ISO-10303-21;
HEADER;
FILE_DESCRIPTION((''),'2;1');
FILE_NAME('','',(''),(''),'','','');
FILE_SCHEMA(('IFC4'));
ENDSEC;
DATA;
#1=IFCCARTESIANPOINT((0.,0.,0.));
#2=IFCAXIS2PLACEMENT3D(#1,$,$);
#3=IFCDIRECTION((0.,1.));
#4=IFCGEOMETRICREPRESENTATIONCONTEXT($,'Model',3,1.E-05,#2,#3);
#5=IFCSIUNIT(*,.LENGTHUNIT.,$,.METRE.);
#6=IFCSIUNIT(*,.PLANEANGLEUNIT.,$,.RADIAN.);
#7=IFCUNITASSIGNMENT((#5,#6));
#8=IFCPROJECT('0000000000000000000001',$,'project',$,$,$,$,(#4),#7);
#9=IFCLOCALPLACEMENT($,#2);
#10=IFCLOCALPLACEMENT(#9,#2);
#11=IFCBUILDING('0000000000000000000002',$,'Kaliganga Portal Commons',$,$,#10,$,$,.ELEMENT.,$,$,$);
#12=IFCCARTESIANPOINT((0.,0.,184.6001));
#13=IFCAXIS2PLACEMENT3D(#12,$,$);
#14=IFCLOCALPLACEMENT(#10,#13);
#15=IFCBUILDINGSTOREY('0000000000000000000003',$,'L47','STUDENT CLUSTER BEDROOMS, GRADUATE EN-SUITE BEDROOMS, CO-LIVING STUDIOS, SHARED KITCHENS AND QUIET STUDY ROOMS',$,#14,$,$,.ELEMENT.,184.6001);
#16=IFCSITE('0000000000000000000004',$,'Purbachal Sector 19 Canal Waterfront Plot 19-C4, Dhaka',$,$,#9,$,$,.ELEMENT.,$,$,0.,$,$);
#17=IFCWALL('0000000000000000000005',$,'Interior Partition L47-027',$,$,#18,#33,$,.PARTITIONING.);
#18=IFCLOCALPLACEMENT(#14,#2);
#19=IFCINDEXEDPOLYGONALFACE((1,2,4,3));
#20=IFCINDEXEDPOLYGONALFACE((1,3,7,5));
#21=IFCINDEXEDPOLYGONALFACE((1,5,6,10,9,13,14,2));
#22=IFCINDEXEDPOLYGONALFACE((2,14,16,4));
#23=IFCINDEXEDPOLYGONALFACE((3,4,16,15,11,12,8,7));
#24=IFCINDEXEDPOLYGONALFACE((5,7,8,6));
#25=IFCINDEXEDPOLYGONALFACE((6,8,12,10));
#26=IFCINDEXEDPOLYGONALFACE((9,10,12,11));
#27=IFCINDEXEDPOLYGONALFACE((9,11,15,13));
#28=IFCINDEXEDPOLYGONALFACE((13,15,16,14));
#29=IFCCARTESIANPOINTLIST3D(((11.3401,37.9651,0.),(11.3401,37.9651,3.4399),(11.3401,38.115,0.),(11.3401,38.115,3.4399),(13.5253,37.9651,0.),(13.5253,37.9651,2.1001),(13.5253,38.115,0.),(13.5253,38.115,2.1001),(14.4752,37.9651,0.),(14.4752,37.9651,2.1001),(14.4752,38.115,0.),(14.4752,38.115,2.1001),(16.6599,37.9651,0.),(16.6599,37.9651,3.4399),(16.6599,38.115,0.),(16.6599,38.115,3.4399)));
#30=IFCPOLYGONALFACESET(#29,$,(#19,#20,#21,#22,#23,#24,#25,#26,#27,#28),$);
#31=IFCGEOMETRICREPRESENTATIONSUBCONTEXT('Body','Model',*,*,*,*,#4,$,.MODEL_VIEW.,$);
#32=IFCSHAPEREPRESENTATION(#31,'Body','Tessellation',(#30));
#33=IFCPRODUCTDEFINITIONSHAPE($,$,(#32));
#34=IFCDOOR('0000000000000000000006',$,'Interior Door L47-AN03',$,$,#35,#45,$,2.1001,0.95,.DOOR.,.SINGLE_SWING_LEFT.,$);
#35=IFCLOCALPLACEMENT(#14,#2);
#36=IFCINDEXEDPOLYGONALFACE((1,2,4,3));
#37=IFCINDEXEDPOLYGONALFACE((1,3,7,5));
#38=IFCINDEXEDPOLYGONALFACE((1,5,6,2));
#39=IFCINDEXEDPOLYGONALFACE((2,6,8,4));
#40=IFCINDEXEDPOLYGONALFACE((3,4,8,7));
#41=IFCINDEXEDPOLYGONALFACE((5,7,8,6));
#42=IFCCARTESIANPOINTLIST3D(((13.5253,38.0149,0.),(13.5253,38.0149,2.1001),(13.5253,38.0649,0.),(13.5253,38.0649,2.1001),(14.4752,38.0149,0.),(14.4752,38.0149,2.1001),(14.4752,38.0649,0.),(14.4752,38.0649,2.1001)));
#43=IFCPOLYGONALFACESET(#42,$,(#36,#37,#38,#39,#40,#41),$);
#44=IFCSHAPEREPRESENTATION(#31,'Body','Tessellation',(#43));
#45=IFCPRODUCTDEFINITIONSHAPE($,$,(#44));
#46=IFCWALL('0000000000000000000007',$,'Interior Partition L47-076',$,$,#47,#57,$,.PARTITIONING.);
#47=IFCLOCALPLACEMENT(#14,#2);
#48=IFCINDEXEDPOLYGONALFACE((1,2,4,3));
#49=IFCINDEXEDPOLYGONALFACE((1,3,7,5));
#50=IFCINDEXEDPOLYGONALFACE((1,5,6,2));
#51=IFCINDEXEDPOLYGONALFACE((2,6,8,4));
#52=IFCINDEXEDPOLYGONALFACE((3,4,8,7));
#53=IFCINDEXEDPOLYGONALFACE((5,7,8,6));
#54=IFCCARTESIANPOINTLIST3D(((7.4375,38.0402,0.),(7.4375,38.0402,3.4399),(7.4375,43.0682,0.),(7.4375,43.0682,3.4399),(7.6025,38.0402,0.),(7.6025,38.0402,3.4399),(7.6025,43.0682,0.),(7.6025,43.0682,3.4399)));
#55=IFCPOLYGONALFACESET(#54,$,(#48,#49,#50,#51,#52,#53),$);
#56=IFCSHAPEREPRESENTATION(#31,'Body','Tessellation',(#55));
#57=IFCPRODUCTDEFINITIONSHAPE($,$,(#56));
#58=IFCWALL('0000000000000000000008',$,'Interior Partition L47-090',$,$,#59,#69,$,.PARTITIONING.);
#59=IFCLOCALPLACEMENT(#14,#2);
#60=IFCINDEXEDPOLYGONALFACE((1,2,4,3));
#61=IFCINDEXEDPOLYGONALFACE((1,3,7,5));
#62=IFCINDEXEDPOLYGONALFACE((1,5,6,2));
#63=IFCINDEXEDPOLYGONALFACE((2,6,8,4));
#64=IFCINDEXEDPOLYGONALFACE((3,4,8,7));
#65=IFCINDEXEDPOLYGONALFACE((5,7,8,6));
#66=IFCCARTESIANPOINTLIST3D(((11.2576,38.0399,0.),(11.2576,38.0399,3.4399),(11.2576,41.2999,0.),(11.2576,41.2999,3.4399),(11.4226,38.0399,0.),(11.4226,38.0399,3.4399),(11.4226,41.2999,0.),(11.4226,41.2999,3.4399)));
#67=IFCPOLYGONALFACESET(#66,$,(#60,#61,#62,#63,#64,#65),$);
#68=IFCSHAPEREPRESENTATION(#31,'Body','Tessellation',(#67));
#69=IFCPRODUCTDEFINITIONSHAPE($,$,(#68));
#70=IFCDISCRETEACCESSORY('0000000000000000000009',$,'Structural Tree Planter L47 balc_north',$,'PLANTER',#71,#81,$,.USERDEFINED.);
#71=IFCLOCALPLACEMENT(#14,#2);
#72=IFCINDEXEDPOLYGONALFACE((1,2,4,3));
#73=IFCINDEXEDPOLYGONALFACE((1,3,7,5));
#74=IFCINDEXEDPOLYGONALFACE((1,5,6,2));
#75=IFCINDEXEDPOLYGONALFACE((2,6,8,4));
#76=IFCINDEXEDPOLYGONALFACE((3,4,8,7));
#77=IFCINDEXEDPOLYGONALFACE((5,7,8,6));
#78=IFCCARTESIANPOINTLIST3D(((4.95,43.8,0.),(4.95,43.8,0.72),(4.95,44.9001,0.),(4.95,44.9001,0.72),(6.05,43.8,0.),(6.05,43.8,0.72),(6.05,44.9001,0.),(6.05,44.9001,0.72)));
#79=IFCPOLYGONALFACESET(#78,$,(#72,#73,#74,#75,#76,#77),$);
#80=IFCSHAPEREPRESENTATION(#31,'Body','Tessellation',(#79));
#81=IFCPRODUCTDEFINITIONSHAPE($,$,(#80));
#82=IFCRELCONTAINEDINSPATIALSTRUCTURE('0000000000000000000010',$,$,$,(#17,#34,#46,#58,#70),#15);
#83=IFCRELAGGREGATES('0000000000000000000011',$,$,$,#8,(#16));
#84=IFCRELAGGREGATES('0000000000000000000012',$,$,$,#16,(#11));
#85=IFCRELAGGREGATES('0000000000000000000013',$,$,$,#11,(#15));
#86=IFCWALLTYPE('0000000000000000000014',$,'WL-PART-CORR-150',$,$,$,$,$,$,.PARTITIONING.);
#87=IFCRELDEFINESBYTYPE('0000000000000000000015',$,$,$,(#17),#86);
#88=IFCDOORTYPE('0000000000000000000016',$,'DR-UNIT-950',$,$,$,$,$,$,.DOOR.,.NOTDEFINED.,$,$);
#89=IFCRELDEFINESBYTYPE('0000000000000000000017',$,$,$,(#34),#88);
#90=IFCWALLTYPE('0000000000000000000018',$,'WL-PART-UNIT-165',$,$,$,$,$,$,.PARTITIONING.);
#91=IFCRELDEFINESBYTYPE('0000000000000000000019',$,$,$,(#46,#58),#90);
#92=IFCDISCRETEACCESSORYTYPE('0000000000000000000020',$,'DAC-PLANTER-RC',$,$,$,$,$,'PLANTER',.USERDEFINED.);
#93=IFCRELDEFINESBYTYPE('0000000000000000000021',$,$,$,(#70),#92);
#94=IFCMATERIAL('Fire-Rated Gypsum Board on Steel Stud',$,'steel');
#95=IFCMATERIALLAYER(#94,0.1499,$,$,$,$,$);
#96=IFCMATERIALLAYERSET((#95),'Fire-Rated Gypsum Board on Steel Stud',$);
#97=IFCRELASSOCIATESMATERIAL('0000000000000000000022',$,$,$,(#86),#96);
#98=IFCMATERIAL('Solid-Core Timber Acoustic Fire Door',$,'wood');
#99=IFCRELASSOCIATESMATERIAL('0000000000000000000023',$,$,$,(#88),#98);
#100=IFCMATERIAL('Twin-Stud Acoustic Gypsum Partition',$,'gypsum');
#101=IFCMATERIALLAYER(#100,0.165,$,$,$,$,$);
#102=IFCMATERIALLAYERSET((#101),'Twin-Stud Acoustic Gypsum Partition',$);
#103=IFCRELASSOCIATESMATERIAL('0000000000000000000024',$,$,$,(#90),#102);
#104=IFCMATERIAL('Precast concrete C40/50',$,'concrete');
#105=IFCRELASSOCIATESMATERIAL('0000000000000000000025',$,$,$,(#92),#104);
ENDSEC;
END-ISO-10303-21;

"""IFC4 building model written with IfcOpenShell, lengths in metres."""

from ifc_helpers import new_model, si_unit, direction, frame, frame_2d, origin, origin_2d, place, context, subcontext, project, spatial, rectangle, extrude, source, transform, mapped, material, layer, layer_set, type_object, element, fill, save


model = new_model("IFC4")

# Units and contexts
model_context = context("Model", 3, precision=1e-05, world=origin(), true_north=direction((0.0, 1.0)))
body_context = subcontext(model_context, "Body", "Model", "MODEL_VIEW")
ifc_project = project(units=[si_unit("LENGTHUNIT", "METRE"), si_unit("PLANEANGLEUNIT", "RADIAN")], contexts=[model_context])

# Site, building, storey
site_placement = place(None, origin())
site = spatial("IfcSite", under=ifc_project, at=site_placement, Name="Purbachal Sector 19 Canal Waterfront Plot 19-C4, Dhaka", CompositionType="ELEMENT", RefElevation=0.0)
building_placement = place(site_placement, origin())
building = spatial("IfcBuilding", under=site, at=building_placement, Name="Kaliganga Portal Commons", CompositionType="ELEMENT")
storey_placement = place(building_placement, frame((0.0, 0.0, 184.6001)))
storey = spatial("IfcBuildingStorey", under=building, at=storey_placement, Name="L47", Description="STUDENT CLUSTER BEDROOMS, GRADUATE EN-SUITE BEDROOMS, CO-LIVING STUDIOS, SHARED KITCHENS AND QUIET STUDY ROOMS", CompositionType="ELEMENT", Elevation=184.6001)

# Wall, opening, door
ifc_material_1 = material(Name="Fire-Rated Gypsum Board on Steel Stud", Category="steel")
ifc_layer_1 = layer(ifc_material_1, 0.1499)
ifc_layer_set_1 = layer_set([ifc_layer_1], Name="Fire-Rated Gypsum Board on Steel Stud")
wall_type_1 = type_object("IfcWallType", Name="WL-PART-CORR-150", PredefinedType="PARTITIONING", material=ifc_layer_set_1)
wall_1_placement = place(storey_placement, frame((11.3401, 38.04, 0.0), z_axis=(0.0, 0.0, 1.0), x_axis=(1.0, 0.0, 0.0)))
wall_1 = element("IfcWall", 1, at=wall_1_placement, inside=storey, type_object=wall_type_1, Name="Interior Partition L47-027", PredefinedType="PARTITIONING", context=body_context, shape_type="SweptSolid", body=[
    extrude(rectangle(XDim=5.3198, YDim=0.1499, at=frame_2d((2.6599, 0.0))), origin(), (0.0, 0.0, 1.0), 3.4399),
])
opening_1_placement = place(wall_1_placement, frame((2.1851, 0.0, 0.0)))
opening_1 = element("IfcOpeningElement", 2, at=opening_1_placement, cuts=wall_1, PredefinedType="OPENING", context=body_context, shape_type="SweptSolid", body=[
    extrude(rectangle(XDim=0.95, YDim=2.1001, at=frame_2d((0.4751, 1.05))), frame((0.0, 0.085, 0.0), z_axis=(0.0, -1.0, 0.0), x_axis=(1.0, 0.0, 0.0)), (0.0, 0.0, 1.0), 0.1699),
])
ifc_material_2 = material(Name="Solid-Core Timber Acoustic Fire Door", Category="wood")
door_type_1 = type_object("IfcDoorType", Name="DR-UNIT-950", OperationType="NOTDEFINED", PredefinedType="DOOR", material=ifc_material_2)
door_1_placement = place(opening_1_placement, origin())
door_1 = element("IfcDoor", 3, at=door_1_placement, inside=storey, type_object=door_type_1, Name="Interior Door L47-AN03", OperationType="SINGLE_SWING_LEFT", OverallHeight=2.1001, OverallWidth=0.95, PredefinedType="DOOR", context=body_context, shape_type="SweptSolid", body=[
    extrude(rectangle(XDim=0.95, YDim=2.1001, at=frame_2d((0.4751, 1.05))), frame((0.0, 0.0249, 0.0), z_axis=(0.0, -1.0, 0.0), x_axis=(1.0, 0.0, 0.0)), (0.0, 0.0, 1.0), 0.05),
])
fill(opening_1, door_1)

# Walls
ifc_material_3 = material(Name="Twin-Stud Acoustic Gypsum Partition", Category="gypsum")
ifc_layer_2 = layer(ifc_material_3, 0.165)
ifc_layer_set_2 = layer_set([ifc_layer_2], Name="Twin-Stud Acoustic Gypsum Partition")
wall_type_2 = type_object("IfcWallType", Name="WL-PART-UNIT-165", PredefinedType="PARTITIONING", material=ifc_layer_set_2)
wall_2_placement = place(storey_placement, frame((7.52, 38.04, 0.0), z_axis=(0.0, 0.0, 1.0), x_axis=(0.0, 1.0, 0.0)))
element("IfcWall", 4, at=wall_2_placement, inside=storey, type_object=wall_type_2, Name="Interior Partition L47-076", PredefinedType="PARTITIONING", context=body_context, shape_type="SweptSolid", body=[
    extrude(rectangle(XDim=5.0281, YDim=0.165, at=frame_2d((2.5142, 0.0))), origin(), (0.0, 0.0, 1.0), 3.4399),
])
wall_3_placement = place(storey_placement, frame((11.3401, 38.04, 0.0), z_axis=(0.0, 0.0, 1.0), x_axis=(0.0, 1.0, 0.0)))
element("IfcWall", 5, at=wall_3_placement, inside=storey, type_object=wall_type_2, Name="Interior Partition L47-090", PredefinedType="PARTITIONING", context=body_context, shape_type="SweptSolid", body=[
    extrude(rectangle(XDim=3.26, YDim=0.165, at=frame_2d((1.6299, 0.0))), origin(), (0.0, 0.0, 1.0), 3.4399),
])

# Discrete accessory
ifc_material_4 = material(Name="Precast concrete C40/50", Category="concrete")
discrete_accessory_type = type_object("IfcDiscreteAccessoryType", Name="DAC-PLANTER-RC", ElementType="PLANTER", PredefinedType="USERDEFINED", material=ifc_material_4)
shared_shape_1 = source(origin(), body_context, "Body", "SweptSolid", [
    extrude(rectangle(XDim=1.1001, YDim=1.1001, at=origin_2d()), origin(), (0.0, 0.0, 1.0), 0.72),
])
discrete_accessory_placement = place(storey_placement, frame((5.5, 44.3501, 0.0), z_axis=(0.0, 0.0, 1.0), x_axis=(1.0, 0.0, 0.0)))
element("IfcDiscreteAccessory", 6, at=discrete_accessory_placement, inside=storey, type_object=discrete_accessory_type, Name="Structural Tree Planter L47 balc_north", ObjectType="PLANTER", PredefinedType="USERDEFINED", context=body_context, shape_type="MappedRepresentation", body=[
    mapped(shared_shape_1, transform((0.0, 0.0, 0.0), x_axis=(1.0, 0.0, 0.0), y_axis=(0.0, 1.0, 0.0), z_axis=(0.0, 0.0, 1.0), scale=1.0)),
])

save(model, "model.ifc")
